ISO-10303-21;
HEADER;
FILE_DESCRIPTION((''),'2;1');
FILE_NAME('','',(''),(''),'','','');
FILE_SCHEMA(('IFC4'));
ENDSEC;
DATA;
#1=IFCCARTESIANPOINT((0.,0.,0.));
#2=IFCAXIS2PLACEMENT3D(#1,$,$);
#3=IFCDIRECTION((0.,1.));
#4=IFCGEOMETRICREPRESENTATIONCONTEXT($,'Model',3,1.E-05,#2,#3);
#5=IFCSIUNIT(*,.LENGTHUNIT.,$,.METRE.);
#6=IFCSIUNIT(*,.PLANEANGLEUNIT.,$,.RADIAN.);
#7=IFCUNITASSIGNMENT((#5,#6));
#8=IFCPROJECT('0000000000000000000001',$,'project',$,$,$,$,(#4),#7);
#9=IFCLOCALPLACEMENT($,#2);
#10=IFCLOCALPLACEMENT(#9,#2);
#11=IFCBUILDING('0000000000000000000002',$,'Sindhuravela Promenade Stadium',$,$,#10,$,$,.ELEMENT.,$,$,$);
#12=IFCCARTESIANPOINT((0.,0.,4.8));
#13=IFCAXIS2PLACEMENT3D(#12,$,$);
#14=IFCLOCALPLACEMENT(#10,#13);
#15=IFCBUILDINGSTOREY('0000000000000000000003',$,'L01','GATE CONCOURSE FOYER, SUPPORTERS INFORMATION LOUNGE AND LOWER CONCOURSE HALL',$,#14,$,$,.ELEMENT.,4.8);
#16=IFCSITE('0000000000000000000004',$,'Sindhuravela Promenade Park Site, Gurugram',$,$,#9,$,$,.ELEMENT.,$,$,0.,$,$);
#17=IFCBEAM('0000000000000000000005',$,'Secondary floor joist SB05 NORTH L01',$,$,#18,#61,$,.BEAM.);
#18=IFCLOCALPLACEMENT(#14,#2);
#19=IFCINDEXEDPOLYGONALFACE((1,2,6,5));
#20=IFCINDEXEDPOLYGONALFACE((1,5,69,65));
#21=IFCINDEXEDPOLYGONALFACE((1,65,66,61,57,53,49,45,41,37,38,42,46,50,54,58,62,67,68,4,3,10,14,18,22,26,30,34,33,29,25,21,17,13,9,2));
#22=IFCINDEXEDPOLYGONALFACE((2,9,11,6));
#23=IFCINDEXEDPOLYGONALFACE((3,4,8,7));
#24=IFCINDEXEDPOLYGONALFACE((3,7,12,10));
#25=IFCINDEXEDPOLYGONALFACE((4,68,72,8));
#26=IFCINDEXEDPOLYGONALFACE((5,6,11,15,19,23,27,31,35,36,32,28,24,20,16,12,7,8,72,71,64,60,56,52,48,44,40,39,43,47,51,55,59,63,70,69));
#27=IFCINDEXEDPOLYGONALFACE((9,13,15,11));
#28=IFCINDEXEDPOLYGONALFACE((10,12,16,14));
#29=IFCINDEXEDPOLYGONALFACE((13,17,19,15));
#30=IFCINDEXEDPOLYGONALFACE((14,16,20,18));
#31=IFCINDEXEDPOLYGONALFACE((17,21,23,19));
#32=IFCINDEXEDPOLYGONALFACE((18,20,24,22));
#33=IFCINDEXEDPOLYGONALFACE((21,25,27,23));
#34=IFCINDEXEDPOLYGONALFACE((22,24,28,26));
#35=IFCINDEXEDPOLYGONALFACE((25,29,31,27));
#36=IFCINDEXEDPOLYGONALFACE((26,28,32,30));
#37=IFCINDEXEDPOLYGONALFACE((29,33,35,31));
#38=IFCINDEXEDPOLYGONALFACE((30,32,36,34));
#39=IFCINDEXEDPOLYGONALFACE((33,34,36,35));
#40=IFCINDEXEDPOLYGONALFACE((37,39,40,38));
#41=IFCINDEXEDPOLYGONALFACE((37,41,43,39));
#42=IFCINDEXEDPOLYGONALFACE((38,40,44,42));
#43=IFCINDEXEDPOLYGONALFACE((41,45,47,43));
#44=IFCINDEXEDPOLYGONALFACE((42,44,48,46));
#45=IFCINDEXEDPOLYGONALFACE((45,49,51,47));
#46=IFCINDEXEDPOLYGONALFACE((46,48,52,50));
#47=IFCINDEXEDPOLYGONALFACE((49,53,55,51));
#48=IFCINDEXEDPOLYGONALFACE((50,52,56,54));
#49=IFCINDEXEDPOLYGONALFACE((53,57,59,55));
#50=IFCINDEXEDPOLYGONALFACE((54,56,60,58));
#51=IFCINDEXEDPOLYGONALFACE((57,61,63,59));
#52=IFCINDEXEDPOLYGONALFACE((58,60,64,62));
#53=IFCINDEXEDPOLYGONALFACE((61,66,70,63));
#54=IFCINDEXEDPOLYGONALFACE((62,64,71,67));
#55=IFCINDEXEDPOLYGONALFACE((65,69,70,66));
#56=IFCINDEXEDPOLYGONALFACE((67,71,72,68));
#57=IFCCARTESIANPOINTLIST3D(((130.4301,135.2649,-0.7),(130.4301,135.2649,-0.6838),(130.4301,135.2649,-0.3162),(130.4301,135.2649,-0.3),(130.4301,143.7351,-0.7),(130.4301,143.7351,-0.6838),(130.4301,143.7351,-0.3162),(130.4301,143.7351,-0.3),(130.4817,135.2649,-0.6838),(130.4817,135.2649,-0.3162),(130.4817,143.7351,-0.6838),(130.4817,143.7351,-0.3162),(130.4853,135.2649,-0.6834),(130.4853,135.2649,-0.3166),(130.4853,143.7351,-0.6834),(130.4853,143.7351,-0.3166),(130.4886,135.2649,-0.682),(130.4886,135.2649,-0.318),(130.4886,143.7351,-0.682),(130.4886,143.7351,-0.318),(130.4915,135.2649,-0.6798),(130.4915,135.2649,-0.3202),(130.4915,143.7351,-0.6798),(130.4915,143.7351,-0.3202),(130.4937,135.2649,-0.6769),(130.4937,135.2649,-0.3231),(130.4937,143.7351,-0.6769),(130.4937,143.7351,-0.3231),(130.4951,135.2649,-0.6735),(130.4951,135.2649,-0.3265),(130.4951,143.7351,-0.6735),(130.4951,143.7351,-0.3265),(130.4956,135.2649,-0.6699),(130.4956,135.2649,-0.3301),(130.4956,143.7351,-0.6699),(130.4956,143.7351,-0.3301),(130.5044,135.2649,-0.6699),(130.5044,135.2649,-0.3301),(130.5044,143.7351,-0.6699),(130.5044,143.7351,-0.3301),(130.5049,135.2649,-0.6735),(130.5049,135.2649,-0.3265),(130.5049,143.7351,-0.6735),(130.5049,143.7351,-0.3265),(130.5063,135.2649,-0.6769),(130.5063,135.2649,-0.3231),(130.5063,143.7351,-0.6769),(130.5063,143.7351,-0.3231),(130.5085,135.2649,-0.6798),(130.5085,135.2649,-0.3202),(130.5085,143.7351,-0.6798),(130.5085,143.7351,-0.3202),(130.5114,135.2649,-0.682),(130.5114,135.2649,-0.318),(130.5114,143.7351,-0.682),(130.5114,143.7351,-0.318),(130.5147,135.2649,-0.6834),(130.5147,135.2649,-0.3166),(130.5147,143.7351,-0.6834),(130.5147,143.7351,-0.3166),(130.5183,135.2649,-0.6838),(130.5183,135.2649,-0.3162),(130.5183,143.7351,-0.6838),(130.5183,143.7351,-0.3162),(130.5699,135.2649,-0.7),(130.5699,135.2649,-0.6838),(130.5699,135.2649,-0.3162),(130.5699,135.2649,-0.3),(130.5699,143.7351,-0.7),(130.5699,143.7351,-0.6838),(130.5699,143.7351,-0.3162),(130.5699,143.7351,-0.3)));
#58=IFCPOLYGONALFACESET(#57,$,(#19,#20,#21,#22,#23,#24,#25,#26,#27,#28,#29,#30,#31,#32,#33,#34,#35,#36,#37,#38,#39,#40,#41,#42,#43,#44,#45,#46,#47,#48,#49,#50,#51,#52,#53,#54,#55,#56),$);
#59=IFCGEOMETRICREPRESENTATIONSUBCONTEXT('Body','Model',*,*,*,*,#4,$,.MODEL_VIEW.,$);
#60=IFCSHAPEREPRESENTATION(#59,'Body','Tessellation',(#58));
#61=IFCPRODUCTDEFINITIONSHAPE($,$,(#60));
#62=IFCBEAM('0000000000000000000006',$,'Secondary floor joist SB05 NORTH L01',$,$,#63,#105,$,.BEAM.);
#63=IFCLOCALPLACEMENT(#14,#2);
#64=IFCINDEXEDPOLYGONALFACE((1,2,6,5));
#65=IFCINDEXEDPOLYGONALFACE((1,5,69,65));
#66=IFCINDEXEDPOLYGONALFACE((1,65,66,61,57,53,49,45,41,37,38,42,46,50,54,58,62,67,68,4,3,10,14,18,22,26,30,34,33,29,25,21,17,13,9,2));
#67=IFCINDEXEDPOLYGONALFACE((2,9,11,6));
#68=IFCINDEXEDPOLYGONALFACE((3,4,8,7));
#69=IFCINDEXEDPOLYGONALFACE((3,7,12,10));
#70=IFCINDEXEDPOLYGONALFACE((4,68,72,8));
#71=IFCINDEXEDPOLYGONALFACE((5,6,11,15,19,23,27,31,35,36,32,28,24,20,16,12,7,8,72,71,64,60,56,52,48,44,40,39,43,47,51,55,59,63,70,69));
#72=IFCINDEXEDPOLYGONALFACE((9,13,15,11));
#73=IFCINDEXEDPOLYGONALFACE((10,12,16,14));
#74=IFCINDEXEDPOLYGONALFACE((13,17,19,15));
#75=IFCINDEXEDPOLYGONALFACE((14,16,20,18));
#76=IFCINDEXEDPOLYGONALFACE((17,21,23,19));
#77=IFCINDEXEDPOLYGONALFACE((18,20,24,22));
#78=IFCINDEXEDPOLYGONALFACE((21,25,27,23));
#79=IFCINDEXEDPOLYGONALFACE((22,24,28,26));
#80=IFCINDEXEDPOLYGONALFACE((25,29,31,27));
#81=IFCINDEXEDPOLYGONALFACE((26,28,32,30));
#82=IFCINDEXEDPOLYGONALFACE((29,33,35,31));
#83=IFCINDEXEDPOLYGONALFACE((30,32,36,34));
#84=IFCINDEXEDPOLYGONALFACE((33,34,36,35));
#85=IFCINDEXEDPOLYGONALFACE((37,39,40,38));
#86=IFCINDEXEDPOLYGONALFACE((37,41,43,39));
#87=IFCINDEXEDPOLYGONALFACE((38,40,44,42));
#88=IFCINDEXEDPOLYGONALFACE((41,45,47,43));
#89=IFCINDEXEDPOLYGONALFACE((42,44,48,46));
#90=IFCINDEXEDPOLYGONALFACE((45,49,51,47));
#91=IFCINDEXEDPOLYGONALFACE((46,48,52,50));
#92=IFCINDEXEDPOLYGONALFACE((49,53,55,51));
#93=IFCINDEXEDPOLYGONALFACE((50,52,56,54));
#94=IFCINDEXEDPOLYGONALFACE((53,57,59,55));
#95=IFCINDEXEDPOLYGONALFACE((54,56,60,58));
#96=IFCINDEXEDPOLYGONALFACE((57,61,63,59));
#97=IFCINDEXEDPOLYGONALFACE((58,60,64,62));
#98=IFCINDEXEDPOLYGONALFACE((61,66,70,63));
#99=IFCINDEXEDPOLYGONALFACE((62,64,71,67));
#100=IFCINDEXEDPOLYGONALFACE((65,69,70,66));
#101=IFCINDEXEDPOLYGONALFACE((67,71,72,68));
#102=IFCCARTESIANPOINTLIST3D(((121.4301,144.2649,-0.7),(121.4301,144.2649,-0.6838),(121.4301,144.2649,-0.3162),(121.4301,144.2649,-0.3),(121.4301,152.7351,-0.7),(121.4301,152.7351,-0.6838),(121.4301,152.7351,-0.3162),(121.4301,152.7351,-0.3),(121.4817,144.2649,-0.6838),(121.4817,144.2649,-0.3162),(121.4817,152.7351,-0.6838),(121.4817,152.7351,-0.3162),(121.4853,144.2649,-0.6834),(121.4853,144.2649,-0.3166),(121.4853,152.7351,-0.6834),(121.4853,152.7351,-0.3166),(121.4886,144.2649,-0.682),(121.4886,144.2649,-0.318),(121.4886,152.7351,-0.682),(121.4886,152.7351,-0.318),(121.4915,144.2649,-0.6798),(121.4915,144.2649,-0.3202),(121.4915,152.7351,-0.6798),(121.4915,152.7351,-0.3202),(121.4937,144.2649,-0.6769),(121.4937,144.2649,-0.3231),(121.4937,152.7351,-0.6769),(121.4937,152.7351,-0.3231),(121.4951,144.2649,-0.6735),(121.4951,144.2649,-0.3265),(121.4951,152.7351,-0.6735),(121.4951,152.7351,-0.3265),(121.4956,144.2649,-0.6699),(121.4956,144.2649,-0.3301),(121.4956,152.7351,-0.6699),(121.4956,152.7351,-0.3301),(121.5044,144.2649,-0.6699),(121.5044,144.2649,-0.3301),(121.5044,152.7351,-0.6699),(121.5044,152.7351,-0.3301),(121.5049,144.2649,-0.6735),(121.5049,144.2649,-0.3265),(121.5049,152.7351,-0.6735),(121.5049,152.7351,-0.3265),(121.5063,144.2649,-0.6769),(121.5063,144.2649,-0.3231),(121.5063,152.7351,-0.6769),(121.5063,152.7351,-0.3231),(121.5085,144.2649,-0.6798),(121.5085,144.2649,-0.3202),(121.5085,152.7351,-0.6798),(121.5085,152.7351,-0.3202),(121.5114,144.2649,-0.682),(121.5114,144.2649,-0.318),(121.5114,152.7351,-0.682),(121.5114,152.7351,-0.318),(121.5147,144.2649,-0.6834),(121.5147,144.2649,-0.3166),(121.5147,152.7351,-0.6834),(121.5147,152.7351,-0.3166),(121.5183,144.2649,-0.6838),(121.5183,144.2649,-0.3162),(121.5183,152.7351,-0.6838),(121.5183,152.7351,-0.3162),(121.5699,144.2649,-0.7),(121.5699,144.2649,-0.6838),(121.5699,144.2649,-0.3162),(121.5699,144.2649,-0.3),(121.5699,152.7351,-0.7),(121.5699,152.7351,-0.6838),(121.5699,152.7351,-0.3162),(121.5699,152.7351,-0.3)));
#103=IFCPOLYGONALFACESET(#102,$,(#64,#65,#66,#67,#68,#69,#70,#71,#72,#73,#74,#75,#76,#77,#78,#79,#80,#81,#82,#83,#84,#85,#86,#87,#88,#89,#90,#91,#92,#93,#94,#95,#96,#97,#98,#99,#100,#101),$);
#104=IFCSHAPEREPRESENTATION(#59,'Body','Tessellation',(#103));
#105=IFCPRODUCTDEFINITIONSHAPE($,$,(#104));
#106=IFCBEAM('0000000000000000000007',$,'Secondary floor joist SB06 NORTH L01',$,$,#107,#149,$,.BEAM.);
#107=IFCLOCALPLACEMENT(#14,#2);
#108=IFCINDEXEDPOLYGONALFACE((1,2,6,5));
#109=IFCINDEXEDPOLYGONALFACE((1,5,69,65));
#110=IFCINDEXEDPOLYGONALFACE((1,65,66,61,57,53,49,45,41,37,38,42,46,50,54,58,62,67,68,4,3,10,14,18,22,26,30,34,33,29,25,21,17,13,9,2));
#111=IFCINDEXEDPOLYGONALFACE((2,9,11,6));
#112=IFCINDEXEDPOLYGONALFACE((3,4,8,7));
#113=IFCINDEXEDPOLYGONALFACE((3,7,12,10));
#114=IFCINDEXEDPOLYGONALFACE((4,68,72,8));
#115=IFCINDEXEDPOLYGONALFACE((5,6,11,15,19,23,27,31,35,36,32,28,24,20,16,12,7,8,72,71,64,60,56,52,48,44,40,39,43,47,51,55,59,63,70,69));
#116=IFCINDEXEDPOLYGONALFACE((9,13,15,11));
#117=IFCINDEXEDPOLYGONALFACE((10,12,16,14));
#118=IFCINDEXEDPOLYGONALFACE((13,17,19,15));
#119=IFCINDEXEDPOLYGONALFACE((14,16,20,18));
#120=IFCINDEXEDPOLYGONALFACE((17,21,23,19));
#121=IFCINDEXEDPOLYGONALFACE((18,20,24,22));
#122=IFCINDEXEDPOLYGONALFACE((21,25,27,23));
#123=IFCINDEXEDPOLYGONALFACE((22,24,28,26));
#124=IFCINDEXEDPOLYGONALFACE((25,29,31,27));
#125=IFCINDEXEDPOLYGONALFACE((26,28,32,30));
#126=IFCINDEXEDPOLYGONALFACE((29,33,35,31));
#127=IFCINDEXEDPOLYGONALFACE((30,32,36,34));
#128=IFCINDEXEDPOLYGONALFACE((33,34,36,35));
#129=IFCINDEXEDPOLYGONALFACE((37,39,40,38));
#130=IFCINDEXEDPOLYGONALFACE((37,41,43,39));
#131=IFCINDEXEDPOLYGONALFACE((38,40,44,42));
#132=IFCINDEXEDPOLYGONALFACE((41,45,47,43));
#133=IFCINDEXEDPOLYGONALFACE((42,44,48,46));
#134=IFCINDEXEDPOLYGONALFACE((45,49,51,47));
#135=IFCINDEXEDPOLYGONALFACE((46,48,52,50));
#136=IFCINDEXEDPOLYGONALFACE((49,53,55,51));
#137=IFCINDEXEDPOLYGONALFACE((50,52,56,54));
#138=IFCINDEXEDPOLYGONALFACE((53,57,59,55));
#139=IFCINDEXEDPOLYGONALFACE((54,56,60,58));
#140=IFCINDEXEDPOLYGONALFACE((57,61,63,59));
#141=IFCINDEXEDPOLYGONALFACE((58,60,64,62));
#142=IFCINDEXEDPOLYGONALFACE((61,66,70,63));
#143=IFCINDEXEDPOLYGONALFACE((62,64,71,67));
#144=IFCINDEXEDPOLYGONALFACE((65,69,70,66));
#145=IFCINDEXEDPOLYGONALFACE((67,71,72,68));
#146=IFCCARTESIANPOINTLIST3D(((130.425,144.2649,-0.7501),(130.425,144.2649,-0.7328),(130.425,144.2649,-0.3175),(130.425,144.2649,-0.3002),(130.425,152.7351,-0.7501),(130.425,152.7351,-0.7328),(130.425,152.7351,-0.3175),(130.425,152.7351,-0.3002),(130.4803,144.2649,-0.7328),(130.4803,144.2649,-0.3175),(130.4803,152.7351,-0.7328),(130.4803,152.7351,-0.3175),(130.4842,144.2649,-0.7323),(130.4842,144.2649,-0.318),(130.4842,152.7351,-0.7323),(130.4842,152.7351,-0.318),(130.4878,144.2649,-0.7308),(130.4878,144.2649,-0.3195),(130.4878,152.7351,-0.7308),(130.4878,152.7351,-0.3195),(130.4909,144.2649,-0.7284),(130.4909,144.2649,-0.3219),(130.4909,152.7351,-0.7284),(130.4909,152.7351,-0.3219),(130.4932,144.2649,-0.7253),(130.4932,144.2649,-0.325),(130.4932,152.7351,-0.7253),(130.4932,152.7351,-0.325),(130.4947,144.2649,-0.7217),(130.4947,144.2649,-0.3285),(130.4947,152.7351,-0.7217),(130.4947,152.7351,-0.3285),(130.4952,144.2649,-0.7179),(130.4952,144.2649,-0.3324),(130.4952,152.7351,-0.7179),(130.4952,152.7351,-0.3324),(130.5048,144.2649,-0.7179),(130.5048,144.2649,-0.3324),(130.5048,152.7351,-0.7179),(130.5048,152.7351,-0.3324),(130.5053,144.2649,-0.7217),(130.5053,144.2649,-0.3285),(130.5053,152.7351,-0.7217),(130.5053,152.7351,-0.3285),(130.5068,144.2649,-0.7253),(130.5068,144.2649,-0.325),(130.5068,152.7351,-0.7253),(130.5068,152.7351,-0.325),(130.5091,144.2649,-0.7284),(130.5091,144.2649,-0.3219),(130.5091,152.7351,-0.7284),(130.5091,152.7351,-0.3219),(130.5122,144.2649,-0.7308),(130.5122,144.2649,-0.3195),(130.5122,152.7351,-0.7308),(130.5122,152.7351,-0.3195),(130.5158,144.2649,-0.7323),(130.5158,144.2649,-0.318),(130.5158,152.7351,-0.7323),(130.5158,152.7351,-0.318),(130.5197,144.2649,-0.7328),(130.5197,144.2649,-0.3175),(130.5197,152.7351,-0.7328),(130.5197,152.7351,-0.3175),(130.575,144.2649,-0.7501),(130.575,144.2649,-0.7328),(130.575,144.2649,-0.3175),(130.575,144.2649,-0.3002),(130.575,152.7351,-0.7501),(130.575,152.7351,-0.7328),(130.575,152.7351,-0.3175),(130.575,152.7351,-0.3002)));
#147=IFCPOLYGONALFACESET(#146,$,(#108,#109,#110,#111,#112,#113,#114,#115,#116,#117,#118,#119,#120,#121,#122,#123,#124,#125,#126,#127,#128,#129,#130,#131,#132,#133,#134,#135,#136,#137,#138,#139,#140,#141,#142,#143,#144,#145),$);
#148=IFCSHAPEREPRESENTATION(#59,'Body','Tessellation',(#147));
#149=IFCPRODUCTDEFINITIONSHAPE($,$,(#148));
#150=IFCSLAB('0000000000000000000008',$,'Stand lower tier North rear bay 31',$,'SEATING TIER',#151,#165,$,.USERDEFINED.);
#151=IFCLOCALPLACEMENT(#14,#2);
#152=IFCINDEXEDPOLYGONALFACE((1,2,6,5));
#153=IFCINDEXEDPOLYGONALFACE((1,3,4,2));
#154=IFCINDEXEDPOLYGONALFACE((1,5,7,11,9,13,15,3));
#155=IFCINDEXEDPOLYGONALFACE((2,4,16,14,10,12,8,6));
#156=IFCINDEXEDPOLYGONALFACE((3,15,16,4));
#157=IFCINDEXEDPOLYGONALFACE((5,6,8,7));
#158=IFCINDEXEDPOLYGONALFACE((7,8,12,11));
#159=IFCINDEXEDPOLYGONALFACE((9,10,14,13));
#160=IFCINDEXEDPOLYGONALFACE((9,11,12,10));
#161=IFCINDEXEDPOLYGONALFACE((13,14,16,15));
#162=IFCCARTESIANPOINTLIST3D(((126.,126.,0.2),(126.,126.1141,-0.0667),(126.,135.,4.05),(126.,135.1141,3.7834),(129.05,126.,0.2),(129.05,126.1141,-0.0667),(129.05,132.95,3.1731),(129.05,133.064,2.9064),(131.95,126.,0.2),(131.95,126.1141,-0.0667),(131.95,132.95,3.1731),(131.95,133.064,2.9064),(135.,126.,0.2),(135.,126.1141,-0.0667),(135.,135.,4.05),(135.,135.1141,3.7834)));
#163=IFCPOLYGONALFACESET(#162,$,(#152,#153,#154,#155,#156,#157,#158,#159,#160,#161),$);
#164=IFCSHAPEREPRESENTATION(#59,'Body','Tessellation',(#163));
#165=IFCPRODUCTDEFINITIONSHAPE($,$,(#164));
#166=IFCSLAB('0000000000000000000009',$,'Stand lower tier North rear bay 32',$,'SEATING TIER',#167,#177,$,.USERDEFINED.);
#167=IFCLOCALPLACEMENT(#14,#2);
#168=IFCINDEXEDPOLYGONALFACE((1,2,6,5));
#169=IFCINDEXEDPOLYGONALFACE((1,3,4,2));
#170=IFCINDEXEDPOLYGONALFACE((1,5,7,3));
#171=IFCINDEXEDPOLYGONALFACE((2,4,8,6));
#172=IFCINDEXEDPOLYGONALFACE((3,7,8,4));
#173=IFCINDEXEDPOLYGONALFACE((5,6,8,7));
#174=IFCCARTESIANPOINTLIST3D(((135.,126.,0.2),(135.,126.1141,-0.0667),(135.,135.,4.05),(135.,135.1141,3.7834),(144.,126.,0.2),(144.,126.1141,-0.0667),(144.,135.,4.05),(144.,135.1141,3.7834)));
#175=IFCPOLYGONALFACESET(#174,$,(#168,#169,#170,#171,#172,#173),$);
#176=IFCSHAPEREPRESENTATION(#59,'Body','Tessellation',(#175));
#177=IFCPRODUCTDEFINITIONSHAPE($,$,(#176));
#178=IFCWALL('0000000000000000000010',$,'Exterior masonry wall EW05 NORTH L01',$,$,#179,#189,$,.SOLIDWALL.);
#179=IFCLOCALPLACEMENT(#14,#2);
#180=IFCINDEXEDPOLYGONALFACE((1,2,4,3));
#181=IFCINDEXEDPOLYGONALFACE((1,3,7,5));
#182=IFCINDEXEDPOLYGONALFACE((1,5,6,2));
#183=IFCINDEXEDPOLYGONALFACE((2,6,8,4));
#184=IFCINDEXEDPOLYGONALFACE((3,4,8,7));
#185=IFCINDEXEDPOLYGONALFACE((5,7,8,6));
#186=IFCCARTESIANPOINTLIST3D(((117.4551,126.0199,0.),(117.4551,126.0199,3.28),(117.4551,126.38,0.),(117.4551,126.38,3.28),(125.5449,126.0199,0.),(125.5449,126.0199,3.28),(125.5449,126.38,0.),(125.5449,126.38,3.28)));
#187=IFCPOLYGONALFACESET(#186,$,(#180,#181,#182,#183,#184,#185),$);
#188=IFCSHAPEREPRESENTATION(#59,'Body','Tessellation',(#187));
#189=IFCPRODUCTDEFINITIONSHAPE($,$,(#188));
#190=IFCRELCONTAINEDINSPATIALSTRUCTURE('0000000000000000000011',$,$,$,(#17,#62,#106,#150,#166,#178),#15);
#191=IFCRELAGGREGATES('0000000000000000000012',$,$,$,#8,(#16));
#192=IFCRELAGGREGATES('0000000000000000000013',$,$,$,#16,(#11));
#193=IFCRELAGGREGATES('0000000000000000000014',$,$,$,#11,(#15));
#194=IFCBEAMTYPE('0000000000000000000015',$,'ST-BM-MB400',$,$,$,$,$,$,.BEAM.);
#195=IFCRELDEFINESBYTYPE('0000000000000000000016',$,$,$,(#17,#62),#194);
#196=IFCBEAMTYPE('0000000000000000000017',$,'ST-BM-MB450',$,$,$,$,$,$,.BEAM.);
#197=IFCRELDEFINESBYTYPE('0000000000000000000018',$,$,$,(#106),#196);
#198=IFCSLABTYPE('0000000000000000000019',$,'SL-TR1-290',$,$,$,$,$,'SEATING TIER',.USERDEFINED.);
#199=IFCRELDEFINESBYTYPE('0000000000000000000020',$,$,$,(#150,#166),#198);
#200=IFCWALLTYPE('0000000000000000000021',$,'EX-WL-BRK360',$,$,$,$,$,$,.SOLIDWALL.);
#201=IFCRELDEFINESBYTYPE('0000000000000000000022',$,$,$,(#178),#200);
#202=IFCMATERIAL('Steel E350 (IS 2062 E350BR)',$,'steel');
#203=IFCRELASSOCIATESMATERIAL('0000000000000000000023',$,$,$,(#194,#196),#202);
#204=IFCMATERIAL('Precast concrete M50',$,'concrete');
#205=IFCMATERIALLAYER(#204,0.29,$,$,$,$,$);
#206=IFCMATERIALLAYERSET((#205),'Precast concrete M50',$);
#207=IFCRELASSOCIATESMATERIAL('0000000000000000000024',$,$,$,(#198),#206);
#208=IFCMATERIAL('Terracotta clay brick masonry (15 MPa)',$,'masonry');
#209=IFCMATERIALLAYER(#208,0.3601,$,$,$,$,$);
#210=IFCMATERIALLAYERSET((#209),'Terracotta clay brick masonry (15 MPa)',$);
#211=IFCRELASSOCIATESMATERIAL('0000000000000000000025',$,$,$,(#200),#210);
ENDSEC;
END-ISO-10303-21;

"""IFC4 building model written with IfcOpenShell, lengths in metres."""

from ifc_helpers import new_model, si_unit, direction, frame, frame_2d, origin, origin_2d, place, context, subcontext, project, spatial, polyline, rectangle, i_section, outline, extrude, material, layer, layer_set, material_profile, profile_set, type_object, element, save


model = new_model("IFC4")

# Units and contexts
model_context = context("Model", 3, precision=1e-05, world=origin(), true_north=direction((0.0, 1.0)))
body_context = subcontext(model_context, "Body", "Model", "MODEL_VIEW")
ifc_project = project(units=[si_unit("LENGTHUNIT", "METRE"), si_unit("PLANEANGLEUNIT", "RADIAN")], contexts=[model_context])

# Site, building, storey
site_placement = place(None, origin())
site = spatial("IfcSite", under=ifc_project, at=site_placement, Name="Sindhuravela Promenade Park Site, Gurugram", CompositionType="ELEMENT", RefElevation=0.0)
building_placement = place(site_placement, origin())
building = spatial("IfcBuilding", under=site, at=building_placement, Name="Sindhuravela Promenade Stadium", CompositionType="ELEMENT")
storey_placement = place(building_placement, frame((0.0, 0.0, 4.8)))
storey = spatial("IfcBuildingStorey", under=building, at=storey_placement, Name="L01", Description="GATE CONCOURSE FOYER, SUPPORTERS INFORMATION LOUNGE AND LOWER CONCOURSE HALL", CompositionType="ELEMENT", Elevation=4.8)

# Beams
ifc_material_1 = material(Name="Steel E350 (IS 2062 E350BR)", Category="steel")
ifc_material_profile_1 = material_profile(ifc_material_1, i_section(OverallWidth=0.1399, OverallDepth=0.3999, WebThickness=0.0088, FlangeThickness=0.0161, FilletRadius=0.0139, at=origin_2d()), Name="ISMB 400")
ifc_profile_set_1 = profile_set([ifc_material_profile_1], Name="Steel E350 (IS 2062 E350BR)")
beam_type_1 = type_object("IfcBeamType", Name="ST-BM-MB400", PredefinedType="BEAM", material=ifc_profile_set_1)
for number, where, z_axis, x_axis, name in (
    (1, (130.5, 135.2649, -0.5), (0.0, 1.0, 0.0), (-1.0, 0.0, 0.0), "Secondary floor joist SB05 NORTH L01"),
    (2, (121.5, 144.2649, -0.5), (0.0, 1.0, 0.0), (-1.0, 0.0, 0.0), "Secondary floor joist SB05 NORTH L01"),
):
    element("IfcBeam", number, at=place(storey_placement, frame(where, z_axis=z_axis, x_axis=x_axis)), inside=storey, type_object=beam_type_1, Name=name, PredefinedType="BEAM", context=body_context, shape_type="SweptSolid", body=[
        extrude(i_section(OverallWidth=0.1399, OverallDepth=0.3999, WebThickness=0.0088, FlangeThickness=0.0161, FilletRadius=0.0139, at=origin_2d()), origin(), (0.0, 0.0, 1.0), 8.4702),
    ])
ifc_material_profile_2 = material_profile(ifc_material_1, i_section(OverallWidth=0.1499, OverallDepth=0.45, WebThickness=0.0095, FlangeThickness=0.0173, FilletRadius=0.0149, at=origin_2d()), Name="ISMB 450")
ifc_profile_set_2 = profile_set([ifc_material_profile_2], Name="Steel E350 (IS 2062 E350BR)")
beam_type_2 = type_object("IfcBeamType", Name="ST-BM-MB450", PredefinedType="BEAM", material=ifc_profile_set_2)
beam_1_placement = place(storey_placement, frame((130.5, 144.2649, -0.5251), z_axis=(0.0, 1.0, 0.0), x_axis=(-1.0, 0.0, 0.0)))
element("IfcBeam", 3, at=beam_1_placement, inside=storey, type_object=beam_type_2, Name="Secondary floor joist SB06 NORTH L01", PredefinedType="BEAM", context=body_context, shape_type="SweptSolid", body=[
    extrude(i_section(OverallWidth=0.1499, OverallDepth=0.45, WebThickness=0.0095, FlangeThickness=0.0173, FilletRadius=0.0149, at=origin_2d()), origin(), (0.0, 0.0, 1.0), 8.4702),
])

# Slabs
ifc_material_2 = material(Name="Precast concrete M50", Category="concrete")
ifc_layer_1 = layer(ifc_material_2, 0.29)
ifc_layer_set_1 = layer_set([ifc_layer_1], Name="Precast concrete M50")
slab_type = type_object("IfcSlabType", Name="SL-TR1-290", ElementType="SEATING TIER", PredefinedType="USERDEFINED", material=ifc_layer_set_1)
slab_1_placement = place(storey_placement, frame((126.0, 126.0, 0.2), z_axis=(0.0, -0.39331, 0.919406), x_axis=(1.0, 0.0, 0.0)))
element("IfcSlab", 4, at=slab_1_placement, inside=storey, type_object=slab_type, Name="Stand lower tier North rear bay 31", ObjectType="SEATING TIER", PredefinedType="USERDEFINED", context=body_context, shape_type="SweptSolid", body=[
    extrude(outline(polyline([(0.0, 0.0), (3.05, 0.0), (3.05, 7.5592), (5.95, 7.5592), (5.95, 0.0), (9.0, 0.0), (9.0, 9.7889), (0.0, 9.7889), (0.0, 0.0)])), origin(), (0.0, 0.0, -1.0), 0.29),
])
slab_2_placement = place(storey_placement, frame((135.0, 126.0, 0.2), z_axis=(0.0, -0.393311, 0.919405), x_axis=(1.0, 0.0, 0.0)))
element("IfcSlab", 5, at=slab_2_placement, inside=storey, type_object=slab_type, Name="Stand lower tier North rear bay 32", ObjectType="SEATING TIER", PredefinedType="USERDEFINED", context=body_context, shape_type="SweptSolid", body=[
    extrude(outline(polyline([(0.0, 0.0), (9.0, 0.0), (9.0, 9.7889), (0.0, 9.7889), (0.0, 0.0)])), origin(), (0.0, 0.0, -1.0), 0.29),
])

# Wall
ifc_material_3 = material(Name="Terracotta clay brick masonry (15 MPa)", Category="masonry")
ifc_layer_2 = layer(ifc_material_3, 0.3601)
ifc_layer_set_2 = layer_set([ifc_layer_2], Name="Terracotta clay brick masonry (15 MPa)")
wall_type_1 = type_object("IfcWallType", Name="EX-WL-BRK360", PredefinedType="SOLIDWALL", material=ifc_layer_set_2)
wall_1_placement = place(storey_placement, frame((125.5449, 126.2, 0.0), z_axis=(0.0, 0.0, 1.0), x_axis=(-1.0, 0.0, 0.0)))
element("IfcWall", 6, at=wall_1_placement, inside=storey, type_object=wall_type_1, Name="Exterior masonry wall EW05 NORTH L01", PredefinedType="SOLIDWALL", context=body_context, shape_type="SweptSolid", body=[
    extrude(rectangle(XDim=8.0898, YDim=0.3601, at=frame_2d((4.0449, 0.0))), origin(), (0.0, 0.0, 1.0), 3.28),
])

save(model, "model.ifc")
